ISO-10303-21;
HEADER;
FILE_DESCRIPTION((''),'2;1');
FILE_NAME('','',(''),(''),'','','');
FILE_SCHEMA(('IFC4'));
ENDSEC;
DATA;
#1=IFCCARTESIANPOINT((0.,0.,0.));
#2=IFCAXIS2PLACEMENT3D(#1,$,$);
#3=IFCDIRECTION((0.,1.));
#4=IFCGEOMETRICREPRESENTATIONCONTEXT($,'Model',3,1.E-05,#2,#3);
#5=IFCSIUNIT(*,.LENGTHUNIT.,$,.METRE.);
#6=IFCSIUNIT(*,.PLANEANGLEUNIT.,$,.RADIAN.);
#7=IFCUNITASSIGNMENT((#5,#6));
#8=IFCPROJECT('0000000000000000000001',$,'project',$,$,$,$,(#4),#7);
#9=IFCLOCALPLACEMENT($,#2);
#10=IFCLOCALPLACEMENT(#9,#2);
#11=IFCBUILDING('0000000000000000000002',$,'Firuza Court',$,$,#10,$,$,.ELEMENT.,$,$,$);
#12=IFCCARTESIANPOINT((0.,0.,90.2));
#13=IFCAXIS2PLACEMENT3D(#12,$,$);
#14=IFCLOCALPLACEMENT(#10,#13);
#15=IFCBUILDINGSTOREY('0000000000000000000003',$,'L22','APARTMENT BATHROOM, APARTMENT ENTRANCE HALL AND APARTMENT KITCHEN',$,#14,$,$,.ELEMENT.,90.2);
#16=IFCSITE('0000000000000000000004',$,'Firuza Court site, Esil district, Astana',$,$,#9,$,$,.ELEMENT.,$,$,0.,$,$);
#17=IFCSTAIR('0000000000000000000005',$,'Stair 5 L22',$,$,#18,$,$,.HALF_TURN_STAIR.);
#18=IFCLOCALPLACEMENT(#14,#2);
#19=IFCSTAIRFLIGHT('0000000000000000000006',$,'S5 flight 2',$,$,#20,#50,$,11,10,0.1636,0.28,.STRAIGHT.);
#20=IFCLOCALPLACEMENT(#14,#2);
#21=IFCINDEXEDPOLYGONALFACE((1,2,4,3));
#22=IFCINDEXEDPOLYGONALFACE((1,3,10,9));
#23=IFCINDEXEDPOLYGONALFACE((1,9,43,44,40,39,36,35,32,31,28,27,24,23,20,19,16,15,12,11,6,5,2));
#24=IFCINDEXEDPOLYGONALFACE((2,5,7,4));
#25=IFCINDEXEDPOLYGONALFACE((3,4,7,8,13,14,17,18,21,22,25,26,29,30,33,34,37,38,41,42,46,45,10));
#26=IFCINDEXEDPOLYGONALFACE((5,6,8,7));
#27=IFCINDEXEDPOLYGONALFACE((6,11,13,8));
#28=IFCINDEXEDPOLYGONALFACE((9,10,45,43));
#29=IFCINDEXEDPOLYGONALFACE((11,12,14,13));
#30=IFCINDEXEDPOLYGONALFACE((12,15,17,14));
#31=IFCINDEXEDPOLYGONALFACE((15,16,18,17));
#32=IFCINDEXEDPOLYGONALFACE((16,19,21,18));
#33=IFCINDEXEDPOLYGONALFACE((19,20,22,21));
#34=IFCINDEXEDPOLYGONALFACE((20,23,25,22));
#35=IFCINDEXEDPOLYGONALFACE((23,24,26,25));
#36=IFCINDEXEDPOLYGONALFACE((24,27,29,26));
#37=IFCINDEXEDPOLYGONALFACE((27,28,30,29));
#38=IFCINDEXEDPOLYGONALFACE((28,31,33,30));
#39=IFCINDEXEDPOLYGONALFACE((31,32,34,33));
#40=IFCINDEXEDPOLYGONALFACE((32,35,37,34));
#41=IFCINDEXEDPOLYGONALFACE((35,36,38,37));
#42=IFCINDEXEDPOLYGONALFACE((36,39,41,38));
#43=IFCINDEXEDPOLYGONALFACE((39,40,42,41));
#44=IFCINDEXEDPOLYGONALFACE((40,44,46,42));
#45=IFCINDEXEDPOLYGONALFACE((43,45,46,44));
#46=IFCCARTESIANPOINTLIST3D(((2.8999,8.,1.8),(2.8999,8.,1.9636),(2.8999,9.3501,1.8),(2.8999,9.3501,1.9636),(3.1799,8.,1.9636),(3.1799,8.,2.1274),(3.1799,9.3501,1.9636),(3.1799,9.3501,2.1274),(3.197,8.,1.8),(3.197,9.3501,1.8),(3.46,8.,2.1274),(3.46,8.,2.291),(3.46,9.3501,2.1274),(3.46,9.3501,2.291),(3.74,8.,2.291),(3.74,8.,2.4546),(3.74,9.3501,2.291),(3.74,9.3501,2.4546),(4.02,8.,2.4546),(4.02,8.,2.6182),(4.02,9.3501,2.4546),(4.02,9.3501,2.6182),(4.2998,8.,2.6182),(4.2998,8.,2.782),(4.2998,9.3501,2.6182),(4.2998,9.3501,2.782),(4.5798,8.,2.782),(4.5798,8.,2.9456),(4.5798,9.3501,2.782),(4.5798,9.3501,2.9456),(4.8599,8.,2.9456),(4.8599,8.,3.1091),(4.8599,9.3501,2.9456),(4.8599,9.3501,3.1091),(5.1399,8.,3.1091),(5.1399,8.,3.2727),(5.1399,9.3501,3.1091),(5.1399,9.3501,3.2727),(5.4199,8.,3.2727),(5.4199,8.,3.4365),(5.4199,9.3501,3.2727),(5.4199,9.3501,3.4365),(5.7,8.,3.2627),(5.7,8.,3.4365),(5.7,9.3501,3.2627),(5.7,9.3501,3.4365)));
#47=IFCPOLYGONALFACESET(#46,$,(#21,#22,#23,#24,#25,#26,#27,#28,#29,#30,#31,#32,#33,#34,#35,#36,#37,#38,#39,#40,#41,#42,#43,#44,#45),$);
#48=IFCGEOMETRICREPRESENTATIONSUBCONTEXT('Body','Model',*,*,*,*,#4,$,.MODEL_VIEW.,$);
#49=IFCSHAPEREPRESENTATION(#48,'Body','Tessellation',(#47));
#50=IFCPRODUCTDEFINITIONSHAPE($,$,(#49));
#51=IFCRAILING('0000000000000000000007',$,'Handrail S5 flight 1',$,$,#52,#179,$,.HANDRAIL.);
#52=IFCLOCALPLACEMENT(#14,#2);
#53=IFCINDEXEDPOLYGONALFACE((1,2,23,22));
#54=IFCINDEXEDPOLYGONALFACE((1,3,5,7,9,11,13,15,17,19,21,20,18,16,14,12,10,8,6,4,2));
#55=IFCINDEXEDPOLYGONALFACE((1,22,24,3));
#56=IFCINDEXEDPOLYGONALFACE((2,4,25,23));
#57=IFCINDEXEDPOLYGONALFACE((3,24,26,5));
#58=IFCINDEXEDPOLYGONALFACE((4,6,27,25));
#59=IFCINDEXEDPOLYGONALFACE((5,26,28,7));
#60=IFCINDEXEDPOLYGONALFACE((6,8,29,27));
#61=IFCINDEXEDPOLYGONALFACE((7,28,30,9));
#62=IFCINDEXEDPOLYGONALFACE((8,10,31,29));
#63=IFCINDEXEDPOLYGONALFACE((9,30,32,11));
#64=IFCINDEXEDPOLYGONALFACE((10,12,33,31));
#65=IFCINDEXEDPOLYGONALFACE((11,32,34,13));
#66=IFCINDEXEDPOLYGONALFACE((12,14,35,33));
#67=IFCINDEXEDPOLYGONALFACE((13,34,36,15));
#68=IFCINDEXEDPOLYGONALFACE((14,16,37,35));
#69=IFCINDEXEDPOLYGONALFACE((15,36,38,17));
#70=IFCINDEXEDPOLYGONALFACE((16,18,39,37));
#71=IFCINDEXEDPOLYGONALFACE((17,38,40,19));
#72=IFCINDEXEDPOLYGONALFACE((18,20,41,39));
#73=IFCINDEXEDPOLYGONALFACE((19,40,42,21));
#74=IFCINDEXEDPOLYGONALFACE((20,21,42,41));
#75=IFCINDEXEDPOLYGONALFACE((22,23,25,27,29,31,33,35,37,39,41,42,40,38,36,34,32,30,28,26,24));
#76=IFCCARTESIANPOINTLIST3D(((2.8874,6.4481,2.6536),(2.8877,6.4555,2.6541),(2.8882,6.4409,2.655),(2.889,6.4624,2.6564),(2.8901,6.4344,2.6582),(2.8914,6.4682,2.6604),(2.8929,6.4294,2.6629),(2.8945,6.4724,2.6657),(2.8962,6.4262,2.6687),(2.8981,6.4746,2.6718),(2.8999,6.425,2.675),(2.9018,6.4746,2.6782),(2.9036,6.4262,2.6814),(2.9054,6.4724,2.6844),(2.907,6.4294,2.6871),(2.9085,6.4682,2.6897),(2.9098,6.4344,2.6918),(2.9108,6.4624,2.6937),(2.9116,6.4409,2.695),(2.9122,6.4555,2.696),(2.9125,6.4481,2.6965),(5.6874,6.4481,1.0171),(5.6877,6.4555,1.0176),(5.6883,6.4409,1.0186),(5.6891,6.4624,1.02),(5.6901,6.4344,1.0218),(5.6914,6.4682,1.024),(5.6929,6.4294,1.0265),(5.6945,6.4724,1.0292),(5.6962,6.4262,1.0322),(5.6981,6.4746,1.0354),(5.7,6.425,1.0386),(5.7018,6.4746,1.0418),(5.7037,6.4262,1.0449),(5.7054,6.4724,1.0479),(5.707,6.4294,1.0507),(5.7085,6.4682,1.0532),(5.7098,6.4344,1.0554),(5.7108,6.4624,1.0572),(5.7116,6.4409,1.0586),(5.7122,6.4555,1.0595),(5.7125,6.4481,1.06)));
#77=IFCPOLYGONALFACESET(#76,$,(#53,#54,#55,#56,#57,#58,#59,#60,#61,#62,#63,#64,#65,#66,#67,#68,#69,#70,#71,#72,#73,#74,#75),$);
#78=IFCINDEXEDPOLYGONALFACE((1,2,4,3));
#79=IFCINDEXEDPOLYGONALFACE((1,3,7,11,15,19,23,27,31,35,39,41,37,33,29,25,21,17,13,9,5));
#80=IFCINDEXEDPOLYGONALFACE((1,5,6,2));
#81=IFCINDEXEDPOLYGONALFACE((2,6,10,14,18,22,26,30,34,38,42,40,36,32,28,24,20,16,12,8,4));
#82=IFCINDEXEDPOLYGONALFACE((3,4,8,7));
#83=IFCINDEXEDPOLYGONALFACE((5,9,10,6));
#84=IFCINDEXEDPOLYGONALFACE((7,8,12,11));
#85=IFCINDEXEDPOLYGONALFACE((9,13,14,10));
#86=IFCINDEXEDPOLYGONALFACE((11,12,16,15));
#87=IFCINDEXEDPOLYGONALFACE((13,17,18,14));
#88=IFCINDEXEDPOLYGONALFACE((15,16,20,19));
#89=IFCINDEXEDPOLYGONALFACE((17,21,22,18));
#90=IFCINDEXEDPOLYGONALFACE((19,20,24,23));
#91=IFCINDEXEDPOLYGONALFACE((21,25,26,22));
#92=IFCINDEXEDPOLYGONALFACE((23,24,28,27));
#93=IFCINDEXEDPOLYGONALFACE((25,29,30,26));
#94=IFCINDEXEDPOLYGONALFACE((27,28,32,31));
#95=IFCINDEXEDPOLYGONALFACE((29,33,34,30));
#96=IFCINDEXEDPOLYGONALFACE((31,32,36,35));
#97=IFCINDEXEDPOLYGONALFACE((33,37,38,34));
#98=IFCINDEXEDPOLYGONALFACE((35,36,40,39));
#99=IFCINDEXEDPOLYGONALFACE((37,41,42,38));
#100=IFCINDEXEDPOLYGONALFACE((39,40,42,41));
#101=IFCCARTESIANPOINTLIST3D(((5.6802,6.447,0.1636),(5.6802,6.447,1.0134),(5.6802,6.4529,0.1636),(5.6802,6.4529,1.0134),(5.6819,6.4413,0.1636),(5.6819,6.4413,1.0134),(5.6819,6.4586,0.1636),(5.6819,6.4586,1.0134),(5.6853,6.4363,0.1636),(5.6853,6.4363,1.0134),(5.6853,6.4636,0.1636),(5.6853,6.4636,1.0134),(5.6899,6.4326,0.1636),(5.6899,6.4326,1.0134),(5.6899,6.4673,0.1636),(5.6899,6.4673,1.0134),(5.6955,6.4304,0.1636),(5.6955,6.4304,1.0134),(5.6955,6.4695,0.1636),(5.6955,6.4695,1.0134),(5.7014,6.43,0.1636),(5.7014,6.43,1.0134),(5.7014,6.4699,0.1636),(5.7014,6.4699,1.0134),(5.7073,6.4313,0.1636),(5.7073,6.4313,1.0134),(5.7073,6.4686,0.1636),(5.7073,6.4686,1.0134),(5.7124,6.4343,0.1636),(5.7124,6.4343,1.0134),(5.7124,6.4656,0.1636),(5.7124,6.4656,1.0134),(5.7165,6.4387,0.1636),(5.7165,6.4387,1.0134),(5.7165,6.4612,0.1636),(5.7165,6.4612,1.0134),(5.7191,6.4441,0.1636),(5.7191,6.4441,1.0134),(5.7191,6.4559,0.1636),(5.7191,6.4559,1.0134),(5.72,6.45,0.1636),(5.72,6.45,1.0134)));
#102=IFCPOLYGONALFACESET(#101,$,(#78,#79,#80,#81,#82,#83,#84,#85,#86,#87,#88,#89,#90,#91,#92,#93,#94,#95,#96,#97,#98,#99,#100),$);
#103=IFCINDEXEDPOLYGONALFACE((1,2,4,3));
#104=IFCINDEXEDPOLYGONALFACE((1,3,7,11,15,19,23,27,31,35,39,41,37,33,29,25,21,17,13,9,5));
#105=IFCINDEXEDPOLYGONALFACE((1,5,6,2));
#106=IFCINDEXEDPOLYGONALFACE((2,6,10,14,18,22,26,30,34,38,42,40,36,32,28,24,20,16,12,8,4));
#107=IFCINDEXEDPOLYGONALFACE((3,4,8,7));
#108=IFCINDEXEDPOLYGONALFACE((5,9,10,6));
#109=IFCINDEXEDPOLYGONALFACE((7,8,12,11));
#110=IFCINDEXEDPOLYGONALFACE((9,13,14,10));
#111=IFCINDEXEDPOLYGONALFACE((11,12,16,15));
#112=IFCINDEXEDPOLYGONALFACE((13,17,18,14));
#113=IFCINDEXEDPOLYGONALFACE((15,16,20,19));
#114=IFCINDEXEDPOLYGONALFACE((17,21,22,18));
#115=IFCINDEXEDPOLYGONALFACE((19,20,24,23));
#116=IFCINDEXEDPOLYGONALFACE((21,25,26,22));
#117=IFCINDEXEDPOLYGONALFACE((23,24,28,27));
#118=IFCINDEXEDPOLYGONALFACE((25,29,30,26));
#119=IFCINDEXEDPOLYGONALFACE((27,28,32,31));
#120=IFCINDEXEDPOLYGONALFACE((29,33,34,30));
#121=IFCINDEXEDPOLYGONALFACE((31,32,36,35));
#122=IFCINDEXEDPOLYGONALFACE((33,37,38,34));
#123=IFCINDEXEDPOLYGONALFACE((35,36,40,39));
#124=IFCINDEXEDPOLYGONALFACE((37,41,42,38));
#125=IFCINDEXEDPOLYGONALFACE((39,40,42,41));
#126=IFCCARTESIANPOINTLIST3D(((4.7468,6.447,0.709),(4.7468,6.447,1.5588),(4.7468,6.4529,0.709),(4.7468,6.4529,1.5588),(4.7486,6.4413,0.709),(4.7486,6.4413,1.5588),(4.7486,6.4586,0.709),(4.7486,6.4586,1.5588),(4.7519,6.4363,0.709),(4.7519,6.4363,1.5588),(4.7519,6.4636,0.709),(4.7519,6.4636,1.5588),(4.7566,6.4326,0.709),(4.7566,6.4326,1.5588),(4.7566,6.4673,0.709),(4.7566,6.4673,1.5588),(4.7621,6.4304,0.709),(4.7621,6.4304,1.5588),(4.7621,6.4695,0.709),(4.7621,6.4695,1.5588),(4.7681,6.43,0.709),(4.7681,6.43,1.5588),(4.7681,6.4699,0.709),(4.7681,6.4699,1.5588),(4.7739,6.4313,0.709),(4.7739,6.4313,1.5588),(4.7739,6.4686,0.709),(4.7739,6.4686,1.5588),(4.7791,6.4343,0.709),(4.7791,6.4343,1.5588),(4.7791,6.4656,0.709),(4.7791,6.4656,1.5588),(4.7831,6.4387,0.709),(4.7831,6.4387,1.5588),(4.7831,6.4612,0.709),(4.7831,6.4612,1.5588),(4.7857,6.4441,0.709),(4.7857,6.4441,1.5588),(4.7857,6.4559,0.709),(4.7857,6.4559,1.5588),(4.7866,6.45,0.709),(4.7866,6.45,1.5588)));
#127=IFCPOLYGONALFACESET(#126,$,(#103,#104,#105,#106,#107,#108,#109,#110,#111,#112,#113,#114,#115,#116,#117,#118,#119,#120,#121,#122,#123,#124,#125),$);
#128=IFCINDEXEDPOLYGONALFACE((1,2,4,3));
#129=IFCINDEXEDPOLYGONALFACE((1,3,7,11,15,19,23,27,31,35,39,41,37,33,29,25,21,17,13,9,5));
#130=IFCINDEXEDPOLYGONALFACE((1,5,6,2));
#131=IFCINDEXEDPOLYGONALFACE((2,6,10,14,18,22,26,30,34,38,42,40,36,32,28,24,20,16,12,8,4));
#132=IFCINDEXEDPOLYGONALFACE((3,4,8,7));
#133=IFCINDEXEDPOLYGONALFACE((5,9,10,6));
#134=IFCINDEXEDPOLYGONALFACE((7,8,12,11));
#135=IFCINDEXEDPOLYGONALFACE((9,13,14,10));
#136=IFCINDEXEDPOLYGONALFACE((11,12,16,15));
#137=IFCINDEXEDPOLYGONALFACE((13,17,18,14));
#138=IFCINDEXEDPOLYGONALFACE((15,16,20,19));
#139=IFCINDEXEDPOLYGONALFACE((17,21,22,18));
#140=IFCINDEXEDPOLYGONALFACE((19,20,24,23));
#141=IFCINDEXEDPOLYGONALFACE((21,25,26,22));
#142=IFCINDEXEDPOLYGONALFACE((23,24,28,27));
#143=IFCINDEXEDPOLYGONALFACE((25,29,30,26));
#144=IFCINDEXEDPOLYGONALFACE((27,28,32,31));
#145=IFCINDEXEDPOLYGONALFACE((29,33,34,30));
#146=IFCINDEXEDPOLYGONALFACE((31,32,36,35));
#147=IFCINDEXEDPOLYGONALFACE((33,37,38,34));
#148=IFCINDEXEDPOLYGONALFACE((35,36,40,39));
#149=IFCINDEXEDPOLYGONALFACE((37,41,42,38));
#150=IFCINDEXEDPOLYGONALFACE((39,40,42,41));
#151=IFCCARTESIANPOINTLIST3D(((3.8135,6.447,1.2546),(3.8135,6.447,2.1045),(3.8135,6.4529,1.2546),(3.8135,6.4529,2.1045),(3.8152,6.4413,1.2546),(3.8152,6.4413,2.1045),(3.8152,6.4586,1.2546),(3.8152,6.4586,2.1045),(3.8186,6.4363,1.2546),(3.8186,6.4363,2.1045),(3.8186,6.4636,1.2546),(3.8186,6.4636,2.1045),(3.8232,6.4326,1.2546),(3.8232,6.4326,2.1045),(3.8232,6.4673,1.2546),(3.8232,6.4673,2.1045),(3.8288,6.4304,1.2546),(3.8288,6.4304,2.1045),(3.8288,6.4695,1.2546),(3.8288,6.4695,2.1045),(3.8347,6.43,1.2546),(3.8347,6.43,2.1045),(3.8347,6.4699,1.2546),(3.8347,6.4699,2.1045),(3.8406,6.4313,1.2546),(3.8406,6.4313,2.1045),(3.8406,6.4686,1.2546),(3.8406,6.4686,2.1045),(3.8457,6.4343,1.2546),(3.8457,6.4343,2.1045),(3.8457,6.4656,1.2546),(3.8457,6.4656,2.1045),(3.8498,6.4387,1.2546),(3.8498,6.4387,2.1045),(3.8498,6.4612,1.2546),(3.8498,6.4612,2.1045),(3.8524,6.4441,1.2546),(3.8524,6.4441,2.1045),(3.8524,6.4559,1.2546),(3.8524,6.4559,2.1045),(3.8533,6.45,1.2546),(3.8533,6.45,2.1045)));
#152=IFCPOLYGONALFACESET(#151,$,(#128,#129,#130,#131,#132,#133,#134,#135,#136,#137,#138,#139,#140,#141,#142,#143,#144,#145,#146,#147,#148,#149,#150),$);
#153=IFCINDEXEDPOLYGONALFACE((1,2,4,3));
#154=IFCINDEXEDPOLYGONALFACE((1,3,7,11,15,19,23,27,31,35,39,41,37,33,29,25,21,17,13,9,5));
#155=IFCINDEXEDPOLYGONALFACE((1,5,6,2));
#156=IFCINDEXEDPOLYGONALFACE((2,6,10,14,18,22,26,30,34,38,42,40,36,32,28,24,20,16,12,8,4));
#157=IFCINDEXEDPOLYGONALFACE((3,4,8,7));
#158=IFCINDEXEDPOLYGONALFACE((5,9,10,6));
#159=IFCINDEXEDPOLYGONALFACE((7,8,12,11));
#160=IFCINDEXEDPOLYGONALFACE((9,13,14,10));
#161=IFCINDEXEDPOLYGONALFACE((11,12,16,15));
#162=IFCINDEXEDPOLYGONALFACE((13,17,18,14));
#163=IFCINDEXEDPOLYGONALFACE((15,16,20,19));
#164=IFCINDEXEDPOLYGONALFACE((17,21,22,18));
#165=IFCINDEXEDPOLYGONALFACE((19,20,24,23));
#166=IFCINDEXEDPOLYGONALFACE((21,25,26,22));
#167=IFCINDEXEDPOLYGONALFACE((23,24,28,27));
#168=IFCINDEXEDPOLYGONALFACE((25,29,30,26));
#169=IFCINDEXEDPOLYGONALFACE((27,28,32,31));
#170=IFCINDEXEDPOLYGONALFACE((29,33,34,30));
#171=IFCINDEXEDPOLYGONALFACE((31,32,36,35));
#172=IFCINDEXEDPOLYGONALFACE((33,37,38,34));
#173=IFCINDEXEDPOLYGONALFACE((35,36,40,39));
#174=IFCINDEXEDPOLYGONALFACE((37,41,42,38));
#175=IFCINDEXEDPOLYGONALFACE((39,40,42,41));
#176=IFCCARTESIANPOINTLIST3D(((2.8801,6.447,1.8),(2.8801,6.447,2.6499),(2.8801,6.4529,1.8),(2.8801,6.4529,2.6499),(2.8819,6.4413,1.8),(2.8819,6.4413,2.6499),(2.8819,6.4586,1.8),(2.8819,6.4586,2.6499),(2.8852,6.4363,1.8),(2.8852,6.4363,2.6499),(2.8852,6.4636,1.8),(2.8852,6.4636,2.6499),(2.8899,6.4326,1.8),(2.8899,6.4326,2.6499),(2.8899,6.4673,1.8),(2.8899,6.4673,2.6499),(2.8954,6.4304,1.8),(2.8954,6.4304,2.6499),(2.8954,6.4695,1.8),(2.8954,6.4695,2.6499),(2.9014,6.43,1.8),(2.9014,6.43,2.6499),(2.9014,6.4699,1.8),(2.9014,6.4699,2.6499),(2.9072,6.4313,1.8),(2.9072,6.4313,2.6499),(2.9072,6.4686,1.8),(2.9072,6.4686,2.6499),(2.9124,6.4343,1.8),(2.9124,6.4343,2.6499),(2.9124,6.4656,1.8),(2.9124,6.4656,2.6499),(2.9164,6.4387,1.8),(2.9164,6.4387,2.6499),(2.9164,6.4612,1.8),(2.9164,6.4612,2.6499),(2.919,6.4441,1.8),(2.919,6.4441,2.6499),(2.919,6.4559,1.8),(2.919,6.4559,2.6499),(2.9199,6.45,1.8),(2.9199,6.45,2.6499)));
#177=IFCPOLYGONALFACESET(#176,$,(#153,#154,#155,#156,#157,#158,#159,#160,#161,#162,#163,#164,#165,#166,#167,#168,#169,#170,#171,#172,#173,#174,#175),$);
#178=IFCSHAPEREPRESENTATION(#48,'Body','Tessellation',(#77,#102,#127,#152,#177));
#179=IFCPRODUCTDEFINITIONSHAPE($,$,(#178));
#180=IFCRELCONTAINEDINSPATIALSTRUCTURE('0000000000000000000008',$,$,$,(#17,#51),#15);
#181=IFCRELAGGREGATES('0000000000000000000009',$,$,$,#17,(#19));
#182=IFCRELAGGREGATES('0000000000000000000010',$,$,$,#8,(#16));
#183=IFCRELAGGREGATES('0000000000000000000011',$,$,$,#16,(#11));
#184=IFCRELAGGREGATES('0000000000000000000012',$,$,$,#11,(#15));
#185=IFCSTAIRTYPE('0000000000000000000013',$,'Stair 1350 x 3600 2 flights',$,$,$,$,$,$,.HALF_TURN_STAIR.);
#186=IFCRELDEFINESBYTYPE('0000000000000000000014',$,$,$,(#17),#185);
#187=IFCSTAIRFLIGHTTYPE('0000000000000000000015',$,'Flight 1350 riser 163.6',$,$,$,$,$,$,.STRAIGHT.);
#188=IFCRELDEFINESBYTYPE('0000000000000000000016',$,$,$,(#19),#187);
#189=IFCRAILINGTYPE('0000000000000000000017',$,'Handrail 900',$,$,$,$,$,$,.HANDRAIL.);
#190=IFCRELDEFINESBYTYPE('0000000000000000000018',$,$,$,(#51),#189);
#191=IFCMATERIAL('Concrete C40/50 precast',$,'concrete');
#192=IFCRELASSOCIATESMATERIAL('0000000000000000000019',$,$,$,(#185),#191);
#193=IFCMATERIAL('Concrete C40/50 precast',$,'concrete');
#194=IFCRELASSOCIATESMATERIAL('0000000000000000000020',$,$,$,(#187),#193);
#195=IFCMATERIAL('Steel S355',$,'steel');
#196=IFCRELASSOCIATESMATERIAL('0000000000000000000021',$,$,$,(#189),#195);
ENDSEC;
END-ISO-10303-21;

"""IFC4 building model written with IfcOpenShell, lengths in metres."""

from ifc_helpers import new_model, si_unit, direction, frame, origin, origin_2d, place, context, subcontext, project, spatial, polyline, circle, outline, extrude, material, type_object, element, aggregate, save


model = new_model("IFC4")

# Units and contexts
model_context = context("Model", 3, precision=1e-05, world=origin(), true_north=direction((0.0, 1.0)))
body_context = subcontext(model_context, "Body", "Model", "MODEL_VIEW")
ifc_project = project(units=[si_unit("LENGTHUNIT", "METRE"), si_unit("PLANEANGLEUNIT", "RADIAN")], contexts=[model_context])

# Site, building, storey
site_placement = place(None, origin())
site = spatial("IfcSite", under=ifc_project, at=site_placement, Name="Firuza Court site, Esil district, Astana", CompositionType="ELEMENT", RefElevation=0.0)
building_placement = place(site_placement, origin())
building = spatial("IfcBuilding", under=site, at=building_placement, Name="Firuza Court", CompositionType="ELEMENT")
storey_placement = place(building_placement, frame((0.0, 0.0, 90.2)))
storey = spatial("IfcBuildingStorey", under=building, at=storey_placement, Name="L22", Description="APARTMENT BATHROOM, APARTMENT ENTRANCE HALL AND APARTMENT KITCHEN", CompositionType="ELEMENT", Elevation=90.2)

# Stair, stair flight
ifc_material_1 = material(Name="Concrete C40/50 precast", Category="concrete")
stair_type = type_object("IfcStairType", Name="Stair 1350 x 3600 2 flights", PredefinedType="HALF_TURN_STAIR", material=ifc_material_1)
stair_placement = place(storey_placement, origin())
stair = element("IfcStair", 1, at=stair_placement, inside=storey, type_object=stair_type, Name="Stair 5 L22", PredefinedType="HALF_TURN_STAIR")
ifc_material_2 = material(Name="Concrete C40/50 precast", Category="concrete")
stair_flight_type = type_object("IfcStairFlightType", Name="Flight 1350 riser 163.6", PredefinedType="STRAIGHT", material=ifc_material_2)
stair_flight_placement = place(storey_placement, frame((2.8999, 8.675, 1.8), z_axis=(0.0, 0.0, 1.0), x_axis=(1.0, 0.0, 0.0)))
stair_flight = element("IfcStairFlight", 2, at=stair_flight_placement, type_object=stair_flight_type, Name="S5 flight 2", NumberOfRisers=11, NumberOfTreads=10, PredefinedType="STRAIGHT", RiserHeight=0.1636, TreadLength=0.28, context=body_context, shape_type="SweptSolid", body=[
    extrude(outline(polyline([(0.0, 0.0), (0.0, 0.1636), (0.28, 0.1636), (0.28, 0.3274), (0.5601, 0.3274), (0.5601, 0.491), (0.8401, 0.491), (0.8401, 0.6545), (1.1201, 0.6545), (1.1201, 0.8181), (1.3999, 0.8181), (1.3999, 0.9819), (1.6799, 0.9819), (1.6799, 1.1455), (1.96, 1.1455), (1.96, 1.3091), (2.24, 1.3091), (2.24, 1.4727), (2.52, 1.4727), (2.52, 1.6365), (2.8, 1.6365), (2.8, 1.8), (2.8, 1.4626), (0.2971, 0.0), (0.0, 0.0)])), frame((0.0, 0.675, 0.0), z_axis=(0.0, -1.0, 0.0), x_axis=(1.0, 0.0, 0.0)), (0.0, 0.0, 1.0), 1.3501),
])
aggregate(stair, [stair_flight])

# Railing
ifc_material_3 = material(Name="Steel S355", Category="steel")
railing_type_1 = type_object("IfcRailingType", Name="Handrail 900", PredefinedType="HANDRAIL", material=ifc_material_3)
railing_1_placement = place(storey_placement, frame((5.7, 6.45, 0.1636)))
element("IfcRailing", 3, at=railing_1_placement, inside=storey, type_object=railing_type_1, Name="Handrail S5 flight 1", PredefinedType="HANDRAIL", context=body_context, shape_type="SweptSolid", body=[
    extrude(circle(Radius=0.0249, at=origin_2d()), frame((0.0, 0.0, 0.875), z_axis=(-0.863361, 0.0, 0.504587), x_axis=(0.0, -1.0, 0.0)), (0.0, 0.0, 1.0), 3.2432),
    extrude(circle(Radius=0.02, at=origin_2d()), origin(), (0.0, 0.0, 1.0), 0.8499),
    extrude(circle(Radius=0.02, at=origin_2d()), frame((-0.9333, 0.0, 0.5454)), (0.0, 0.0, 1.0), 0.8499),
    extrude(circle(Radius=0.02, at=origin_2d()), frame((-1.8667, 0.0, 1.0911)), (0.0, 0.0, 1.0), 0.8499),
    extrude(circle(Radius=0.02, at=origin_2d()), frame((-2.8, 0.0, 1.6365)), (0.0, 0.0, 1.0), 0.8499),
])

save(model, "model.ifc")
